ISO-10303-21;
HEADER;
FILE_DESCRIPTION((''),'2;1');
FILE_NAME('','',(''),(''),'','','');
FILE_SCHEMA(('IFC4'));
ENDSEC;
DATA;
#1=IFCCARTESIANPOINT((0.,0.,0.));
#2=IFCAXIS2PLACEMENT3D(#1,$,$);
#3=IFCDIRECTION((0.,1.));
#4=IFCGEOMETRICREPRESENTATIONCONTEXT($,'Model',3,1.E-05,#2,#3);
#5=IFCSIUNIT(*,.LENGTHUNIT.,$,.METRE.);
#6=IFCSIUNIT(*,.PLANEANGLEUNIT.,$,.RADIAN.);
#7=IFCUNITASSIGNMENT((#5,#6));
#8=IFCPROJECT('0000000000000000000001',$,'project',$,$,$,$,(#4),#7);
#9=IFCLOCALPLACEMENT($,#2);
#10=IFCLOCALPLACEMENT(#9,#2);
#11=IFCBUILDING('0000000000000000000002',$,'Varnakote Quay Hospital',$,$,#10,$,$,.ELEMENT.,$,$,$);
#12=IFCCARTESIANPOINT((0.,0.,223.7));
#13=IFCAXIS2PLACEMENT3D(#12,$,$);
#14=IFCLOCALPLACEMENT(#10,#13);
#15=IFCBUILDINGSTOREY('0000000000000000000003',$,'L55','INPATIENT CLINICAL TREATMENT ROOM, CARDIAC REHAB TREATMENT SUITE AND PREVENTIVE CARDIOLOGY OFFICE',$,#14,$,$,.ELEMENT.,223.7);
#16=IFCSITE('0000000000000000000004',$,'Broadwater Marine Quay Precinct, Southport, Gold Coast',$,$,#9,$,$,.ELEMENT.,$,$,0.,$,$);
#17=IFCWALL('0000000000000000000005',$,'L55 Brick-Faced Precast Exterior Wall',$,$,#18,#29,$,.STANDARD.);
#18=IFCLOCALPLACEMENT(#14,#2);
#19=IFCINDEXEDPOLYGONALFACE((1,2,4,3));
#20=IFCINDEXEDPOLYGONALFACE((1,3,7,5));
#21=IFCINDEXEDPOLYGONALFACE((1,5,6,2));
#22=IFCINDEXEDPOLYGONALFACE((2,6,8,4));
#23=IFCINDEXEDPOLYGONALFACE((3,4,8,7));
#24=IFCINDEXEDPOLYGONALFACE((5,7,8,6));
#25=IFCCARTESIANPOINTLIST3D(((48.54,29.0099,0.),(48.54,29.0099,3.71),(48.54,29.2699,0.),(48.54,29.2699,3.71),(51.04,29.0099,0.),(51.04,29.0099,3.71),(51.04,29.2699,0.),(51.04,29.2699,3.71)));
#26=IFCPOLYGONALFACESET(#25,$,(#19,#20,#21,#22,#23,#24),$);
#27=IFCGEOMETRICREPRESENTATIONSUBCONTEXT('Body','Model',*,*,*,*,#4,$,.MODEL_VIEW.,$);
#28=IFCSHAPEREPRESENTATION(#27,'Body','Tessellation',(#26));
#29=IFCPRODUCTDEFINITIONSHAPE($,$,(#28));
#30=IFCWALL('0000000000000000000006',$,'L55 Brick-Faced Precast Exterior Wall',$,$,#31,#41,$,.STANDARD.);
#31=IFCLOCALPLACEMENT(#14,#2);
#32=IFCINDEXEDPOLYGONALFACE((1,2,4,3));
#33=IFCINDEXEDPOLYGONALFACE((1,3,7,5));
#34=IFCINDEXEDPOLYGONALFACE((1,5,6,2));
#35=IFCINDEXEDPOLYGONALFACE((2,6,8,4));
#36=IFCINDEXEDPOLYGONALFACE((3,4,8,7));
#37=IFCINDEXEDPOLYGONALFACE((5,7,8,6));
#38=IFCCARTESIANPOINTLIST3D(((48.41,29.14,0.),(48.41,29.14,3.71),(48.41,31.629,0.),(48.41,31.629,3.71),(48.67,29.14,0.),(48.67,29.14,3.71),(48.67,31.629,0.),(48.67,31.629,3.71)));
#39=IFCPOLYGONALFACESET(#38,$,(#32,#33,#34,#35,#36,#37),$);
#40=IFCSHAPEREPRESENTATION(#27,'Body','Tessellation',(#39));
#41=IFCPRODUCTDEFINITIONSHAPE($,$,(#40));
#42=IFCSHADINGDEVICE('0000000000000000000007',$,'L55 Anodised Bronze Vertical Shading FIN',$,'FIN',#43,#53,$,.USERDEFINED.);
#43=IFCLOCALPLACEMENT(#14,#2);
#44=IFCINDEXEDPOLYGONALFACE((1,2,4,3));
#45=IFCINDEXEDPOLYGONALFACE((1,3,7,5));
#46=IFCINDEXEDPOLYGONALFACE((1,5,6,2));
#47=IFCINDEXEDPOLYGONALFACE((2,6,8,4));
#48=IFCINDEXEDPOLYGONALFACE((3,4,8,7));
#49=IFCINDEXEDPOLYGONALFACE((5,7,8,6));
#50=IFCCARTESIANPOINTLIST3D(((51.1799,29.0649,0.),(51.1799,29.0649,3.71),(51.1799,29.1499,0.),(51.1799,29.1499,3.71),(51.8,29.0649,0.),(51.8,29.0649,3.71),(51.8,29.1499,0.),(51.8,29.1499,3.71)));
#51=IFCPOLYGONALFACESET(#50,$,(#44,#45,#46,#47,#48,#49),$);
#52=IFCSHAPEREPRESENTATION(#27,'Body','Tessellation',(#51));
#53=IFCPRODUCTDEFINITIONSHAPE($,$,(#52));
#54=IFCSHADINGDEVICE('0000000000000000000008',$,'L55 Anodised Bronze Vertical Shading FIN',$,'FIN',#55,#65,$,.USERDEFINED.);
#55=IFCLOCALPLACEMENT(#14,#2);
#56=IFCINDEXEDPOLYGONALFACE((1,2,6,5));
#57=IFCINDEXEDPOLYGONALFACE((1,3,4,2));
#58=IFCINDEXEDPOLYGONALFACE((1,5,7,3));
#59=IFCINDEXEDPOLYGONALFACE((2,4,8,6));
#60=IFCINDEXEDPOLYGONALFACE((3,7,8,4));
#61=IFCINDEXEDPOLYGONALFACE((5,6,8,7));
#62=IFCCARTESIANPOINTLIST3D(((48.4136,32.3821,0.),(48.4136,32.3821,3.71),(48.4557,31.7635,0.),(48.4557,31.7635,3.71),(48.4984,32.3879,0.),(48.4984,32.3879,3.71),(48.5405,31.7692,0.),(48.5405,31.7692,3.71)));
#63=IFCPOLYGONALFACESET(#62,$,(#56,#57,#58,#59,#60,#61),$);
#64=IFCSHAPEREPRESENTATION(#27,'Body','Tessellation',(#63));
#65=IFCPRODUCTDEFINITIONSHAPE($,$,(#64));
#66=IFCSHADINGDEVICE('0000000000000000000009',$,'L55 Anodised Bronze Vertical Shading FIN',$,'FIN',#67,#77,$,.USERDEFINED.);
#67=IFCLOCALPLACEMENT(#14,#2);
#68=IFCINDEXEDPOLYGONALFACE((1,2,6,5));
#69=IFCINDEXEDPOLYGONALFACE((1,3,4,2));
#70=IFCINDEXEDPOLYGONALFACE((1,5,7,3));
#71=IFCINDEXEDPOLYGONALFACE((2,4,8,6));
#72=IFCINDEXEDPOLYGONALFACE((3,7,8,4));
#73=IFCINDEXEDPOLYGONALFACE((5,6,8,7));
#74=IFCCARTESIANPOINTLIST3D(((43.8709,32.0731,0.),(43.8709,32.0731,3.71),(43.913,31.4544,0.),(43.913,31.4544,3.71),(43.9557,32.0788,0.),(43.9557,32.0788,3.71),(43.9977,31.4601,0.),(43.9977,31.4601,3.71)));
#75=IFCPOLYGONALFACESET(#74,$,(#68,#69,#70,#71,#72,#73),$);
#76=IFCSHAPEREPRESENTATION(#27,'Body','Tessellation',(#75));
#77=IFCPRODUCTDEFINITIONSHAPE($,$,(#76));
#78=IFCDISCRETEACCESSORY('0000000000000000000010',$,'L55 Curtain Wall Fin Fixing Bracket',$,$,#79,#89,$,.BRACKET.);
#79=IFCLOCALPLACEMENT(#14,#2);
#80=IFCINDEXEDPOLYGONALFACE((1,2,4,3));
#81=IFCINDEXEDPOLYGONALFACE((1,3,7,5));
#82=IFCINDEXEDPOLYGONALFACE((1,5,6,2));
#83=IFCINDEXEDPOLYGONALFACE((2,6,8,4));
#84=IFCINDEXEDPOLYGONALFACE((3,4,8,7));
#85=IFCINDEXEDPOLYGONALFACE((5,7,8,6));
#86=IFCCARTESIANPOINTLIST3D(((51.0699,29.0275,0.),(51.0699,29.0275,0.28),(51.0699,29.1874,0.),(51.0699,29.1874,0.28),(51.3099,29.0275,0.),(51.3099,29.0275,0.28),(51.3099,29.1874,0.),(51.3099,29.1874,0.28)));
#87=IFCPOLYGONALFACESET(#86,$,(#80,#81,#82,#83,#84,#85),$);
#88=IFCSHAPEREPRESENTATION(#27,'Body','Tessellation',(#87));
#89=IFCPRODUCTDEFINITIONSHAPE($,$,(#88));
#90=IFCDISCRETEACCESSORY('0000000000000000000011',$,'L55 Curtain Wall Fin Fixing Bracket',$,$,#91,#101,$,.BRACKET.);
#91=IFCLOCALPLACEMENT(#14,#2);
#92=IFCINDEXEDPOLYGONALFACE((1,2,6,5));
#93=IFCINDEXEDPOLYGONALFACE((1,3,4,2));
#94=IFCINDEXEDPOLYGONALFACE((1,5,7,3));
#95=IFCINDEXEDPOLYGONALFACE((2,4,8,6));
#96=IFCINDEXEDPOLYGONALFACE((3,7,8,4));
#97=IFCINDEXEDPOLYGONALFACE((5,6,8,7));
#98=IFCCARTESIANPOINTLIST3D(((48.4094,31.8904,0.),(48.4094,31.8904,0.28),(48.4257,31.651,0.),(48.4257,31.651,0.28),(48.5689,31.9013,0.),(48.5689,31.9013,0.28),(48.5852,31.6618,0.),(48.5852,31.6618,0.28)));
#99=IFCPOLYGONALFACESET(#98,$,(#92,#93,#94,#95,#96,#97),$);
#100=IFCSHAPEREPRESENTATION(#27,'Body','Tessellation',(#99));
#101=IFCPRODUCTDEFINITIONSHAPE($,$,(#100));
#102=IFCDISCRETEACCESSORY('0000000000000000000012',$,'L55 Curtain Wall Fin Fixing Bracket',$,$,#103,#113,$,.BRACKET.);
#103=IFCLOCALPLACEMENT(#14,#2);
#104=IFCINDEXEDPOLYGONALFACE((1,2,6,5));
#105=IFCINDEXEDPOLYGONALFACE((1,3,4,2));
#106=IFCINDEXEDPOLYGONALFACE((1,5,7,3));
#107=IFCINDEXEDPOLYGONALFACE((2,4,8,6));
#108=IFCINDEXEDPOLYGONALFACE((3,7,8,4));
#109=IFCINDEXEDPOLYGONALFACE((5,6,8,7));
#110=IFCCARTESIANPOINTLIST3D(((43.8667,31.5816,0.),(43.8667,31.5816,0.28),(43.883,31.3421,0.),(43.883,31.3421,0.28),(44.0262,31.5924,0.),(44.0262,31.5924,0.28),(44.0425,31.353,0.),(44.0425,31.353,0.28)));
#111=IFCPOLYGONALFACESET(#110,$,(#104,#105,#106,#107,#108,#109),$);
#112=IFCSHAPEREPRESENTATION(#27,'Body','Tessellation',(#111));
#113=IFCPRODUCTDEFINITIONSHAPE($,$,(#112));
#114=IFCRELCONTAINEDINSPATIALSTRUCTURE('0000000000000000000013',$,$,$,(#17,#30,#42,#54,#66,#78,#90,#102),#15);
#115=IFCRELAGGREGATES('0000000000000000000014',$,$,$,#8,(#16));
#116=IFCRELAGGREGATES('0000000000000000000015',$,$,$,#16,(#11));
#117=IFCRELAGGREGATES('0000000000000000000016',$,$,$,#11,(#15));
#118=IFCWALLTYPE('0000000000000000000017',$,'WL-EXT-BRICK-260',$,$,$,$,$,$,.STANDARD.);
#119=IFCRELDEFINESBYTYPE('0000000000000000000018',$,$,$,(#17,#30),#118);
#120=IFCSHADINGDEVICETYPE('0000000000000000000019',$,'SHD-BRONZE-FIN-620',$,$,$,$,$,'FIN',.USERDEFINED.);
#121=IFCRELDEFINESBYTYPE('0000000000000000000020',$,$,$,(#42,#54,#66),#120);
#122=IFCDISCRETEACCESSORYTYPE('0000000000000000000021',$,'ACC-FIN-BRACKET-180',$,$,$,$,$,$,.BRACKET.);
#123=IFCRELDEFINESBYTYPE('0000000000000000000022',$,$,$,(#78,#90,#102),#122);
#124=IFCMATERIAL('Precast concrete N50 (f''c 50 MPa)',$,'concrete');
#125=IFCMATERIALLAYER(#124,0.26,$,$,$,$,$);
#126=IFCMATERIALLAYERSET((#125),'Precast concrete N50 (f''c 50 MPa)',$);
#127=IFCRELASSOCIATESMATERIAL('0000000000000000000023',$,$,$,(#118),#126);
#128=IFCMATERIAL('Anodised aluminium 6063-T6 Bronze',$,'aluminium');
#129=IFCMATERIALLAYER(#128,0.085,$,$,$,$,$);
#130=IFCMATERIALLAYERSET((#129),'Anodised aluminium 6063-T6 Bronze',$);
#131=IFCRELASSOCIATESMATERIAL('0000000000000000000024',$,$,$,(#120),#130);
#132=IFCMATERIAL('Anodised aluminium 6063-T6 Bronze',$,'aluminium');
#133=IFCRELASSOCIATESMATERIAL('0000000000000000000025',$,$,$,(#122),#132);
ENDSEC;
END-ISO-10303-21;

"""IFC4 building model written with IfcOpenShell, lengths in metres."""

from ifc_helpers import new_model, si_unit, direction, frame, frame_2d, origin, origin_2d, place, context, subcontext, project, spatial, rectangle, extrude, material, layer, layer_set, type_object, element, save


model = new_model("IFC4")

# Units and contexts
model_context = context("Model", 3, precision=1e-05, world=origin(), true_north=direction((0.0, 1.0)))
body_context = subcontext(model_context, "Body", "Model", "MODEL_VIEW")
ifc_project = project(units=[si_unit("LENGTHUNIT", "METRE"), si_unit("PLANEANGLEUNIT", "RADIAN")], contexts=[model_context])

# Site, building, storey
site_placement = place(None, origin())
site = spatial("IfcSite", under=ifc_project, at=site_placement, Name="Broadwater Marine Quay Precinct, Southport, Gold Coast", CompositionType="ELEMENT", RefElevation=0.0)
building_placement = place(site_placement, origin())
building = spatial("IfcBuilding", under=site, at=building_placement, Name="Varnakote Quay Hospital", CompositionType="ELEMENT")
storey_placement = place(building_placement, frame((0.0, 0.0, 223.7)))
storey = spatial("IfcBuildingStorey", under=building, at=storey_placement, Name="L55", Description="INPATIENT CLINICAL TREATMENT ROOM, CARDIAC REHAB TREATMENT SUITE AND PREVENTIVE CARDIOLOGY OFFICE", CompositionType="ELEMENT", Elevation=223.7)

# Walls
ifc_material_1 = material(Name="Precast concrete N50 (f'c 50 MPa)", Category="concrete")
ifc_layer_1 = layer(ifc_material_1, 0.26)
ifc_layer_set_1 = layer_set([ifc_layer_1], Name="Precast concrete N50 (f'c 50 MPa)")
wall_type = type_object("IfcWallType", Name="WL-EXT-BRICK-260", PredefinedType="STANDARD", material=ifc_layer_set_1)
wall_1_placement = place(storey_placement, frame((51.04, 29.1399, 0.0), z_axis=(0.0, 0.0, 1.0), x_axis=(-1.0, 0.0, 0.0)))
element("IfcWall", 1, at=wall_1_placement, inside=storey, type_object=wall_type, Name="L55 Brick-Faced Precast Exterior Wall", PredefinedType="STANDARD", context=body_context, shape_type="SweptSolid", body=[
    extrude(rectangle(XDim=2.5, YDim=0.26, at=frame_2d((1.25, 0.0))), origin(), (0.0, 0.0, 1.0), 3.71),
])
wall_2_placement = place(storey_placement, frame((48.54, 29.1399, 0.0), z_axis=(0.0, 0.0, 1.0), x_axis=(0.0, 1.0, 0.0)))
element("IfcWall", 2, at=wall_2_placement, inside=storey, type_object=wall_type, Name="L55 Brick-Faced Precast Exterior Wall", PredefinedType="STANDARD", context=body_context, shape_type="SweptSolid", body=[
    extrude(rectangle(XDim=2.489, YDim=0.26, at=frame_2d((1.2446, 0.0))), origin(), (0.0, 0.0, 1.0), 3.71),
])

# Shading devices
ifc_material_2 = material(Name="Anodised aluminium 6063-T6 Bronze", Category="aluminium")
ifc_layer_2 = layer(ifc_material_2, 0.085)
ifc_layer_set_2 = layer_set([ifc_layer_2], Name="Anodised aluminium 6063-T6 Bronze")
shading_device_type = type_object("IfcShadingDeviceType", Name="SHD-BRONZE-FIN-620", ElementType="FIN", PredefinedType="USERDEFINED", material=ifc_layer_set_2)
for number, where, z_axis, x_axis, name in (
    (3, (51.49, 29.1074, 0.0), (0.0, 0.0, 1.0), (-1.0, 0.0, 0.0), "L55 Anodised Bronze Vertical Shading FIN"),
    (4, (48.4771, 32.0757, 0.0), (0.0, 0.0, 1.0), (0.067841, -0.997696, 0.0), "L55 Anodised Bronze Vertical Shading FIN"),
    (5, (43.9343, 31.7666, 0.0), (0.0, 0.0, 1.0), (0.067841, -0.997696, 0.0), "L55 Anodised Bronze Vertical Shading FIN"),
):
    element("IfcShadingDevice", number, at=place(storey_placement, frame(where, z_axis=z_axis, x_axis=x_axis)), inside=storey, type_object=shading_device_type, Name=name, ObjectType="FIN", PredefinedType="USERDEFINED", context=body_context, shape_type="SweptSolid", body=[
        extrude(rectangle(XDim=0.6201, YDim=0.085, at=origin_2d()), origin(), (0.0, 0.0, 1.0), 3.71),
    ])

# Discrete accessories
ifc_material_3 = material(Name="Anodised aluminium 6063-T6 Bronze", Category="aluminium")
discrete_accessory_type = type_object("IfcDiscreteAccessoryType", Name="ACC-FIN-BRACKET-180", PredefinedType="BRACKET", material=ifc_material_3)
for number, where, z_axis, x_axis, name in (
    (6, (51.1899, 29.1074, 0.0), (0.0, 0.0, 1.0), (0.0, 1.0, 0.0), "L55 Curtain Wall Fin Fixing Bracket"),
    (7, (48.4973, 31.7761, 0.0), (0.0, 0.0, 1.0), (-0.997696, -0.067841, 0.0), "L55 Curtain Wall Fin Fixing Bracket"),
    (8, (43.9546, 31.4673, 0.0), (0.0, 0.0, 1.0), (-0.997696, -0.067841, 0.0), "L55 Curtain Wall Fin Fixing Bracket"),
):
    element("IfcDiscreteAccessory", number, at=place(storey_placement, frame(where, z_axis=z_axis, x_axis=x_axis)), inside=storey, type_object=discrete_accessory_type, Name=name, PredefinedType="BRACKET", context=body_context, shape_type="SweptSolid", body=[
        extrude(rectangle(XDim=0.1599, YDim=0.24, at=origin_2d()), origin(), (0.0, 0.0, 1.0), 0.28),
    ])

save(model, "model.ifc")
